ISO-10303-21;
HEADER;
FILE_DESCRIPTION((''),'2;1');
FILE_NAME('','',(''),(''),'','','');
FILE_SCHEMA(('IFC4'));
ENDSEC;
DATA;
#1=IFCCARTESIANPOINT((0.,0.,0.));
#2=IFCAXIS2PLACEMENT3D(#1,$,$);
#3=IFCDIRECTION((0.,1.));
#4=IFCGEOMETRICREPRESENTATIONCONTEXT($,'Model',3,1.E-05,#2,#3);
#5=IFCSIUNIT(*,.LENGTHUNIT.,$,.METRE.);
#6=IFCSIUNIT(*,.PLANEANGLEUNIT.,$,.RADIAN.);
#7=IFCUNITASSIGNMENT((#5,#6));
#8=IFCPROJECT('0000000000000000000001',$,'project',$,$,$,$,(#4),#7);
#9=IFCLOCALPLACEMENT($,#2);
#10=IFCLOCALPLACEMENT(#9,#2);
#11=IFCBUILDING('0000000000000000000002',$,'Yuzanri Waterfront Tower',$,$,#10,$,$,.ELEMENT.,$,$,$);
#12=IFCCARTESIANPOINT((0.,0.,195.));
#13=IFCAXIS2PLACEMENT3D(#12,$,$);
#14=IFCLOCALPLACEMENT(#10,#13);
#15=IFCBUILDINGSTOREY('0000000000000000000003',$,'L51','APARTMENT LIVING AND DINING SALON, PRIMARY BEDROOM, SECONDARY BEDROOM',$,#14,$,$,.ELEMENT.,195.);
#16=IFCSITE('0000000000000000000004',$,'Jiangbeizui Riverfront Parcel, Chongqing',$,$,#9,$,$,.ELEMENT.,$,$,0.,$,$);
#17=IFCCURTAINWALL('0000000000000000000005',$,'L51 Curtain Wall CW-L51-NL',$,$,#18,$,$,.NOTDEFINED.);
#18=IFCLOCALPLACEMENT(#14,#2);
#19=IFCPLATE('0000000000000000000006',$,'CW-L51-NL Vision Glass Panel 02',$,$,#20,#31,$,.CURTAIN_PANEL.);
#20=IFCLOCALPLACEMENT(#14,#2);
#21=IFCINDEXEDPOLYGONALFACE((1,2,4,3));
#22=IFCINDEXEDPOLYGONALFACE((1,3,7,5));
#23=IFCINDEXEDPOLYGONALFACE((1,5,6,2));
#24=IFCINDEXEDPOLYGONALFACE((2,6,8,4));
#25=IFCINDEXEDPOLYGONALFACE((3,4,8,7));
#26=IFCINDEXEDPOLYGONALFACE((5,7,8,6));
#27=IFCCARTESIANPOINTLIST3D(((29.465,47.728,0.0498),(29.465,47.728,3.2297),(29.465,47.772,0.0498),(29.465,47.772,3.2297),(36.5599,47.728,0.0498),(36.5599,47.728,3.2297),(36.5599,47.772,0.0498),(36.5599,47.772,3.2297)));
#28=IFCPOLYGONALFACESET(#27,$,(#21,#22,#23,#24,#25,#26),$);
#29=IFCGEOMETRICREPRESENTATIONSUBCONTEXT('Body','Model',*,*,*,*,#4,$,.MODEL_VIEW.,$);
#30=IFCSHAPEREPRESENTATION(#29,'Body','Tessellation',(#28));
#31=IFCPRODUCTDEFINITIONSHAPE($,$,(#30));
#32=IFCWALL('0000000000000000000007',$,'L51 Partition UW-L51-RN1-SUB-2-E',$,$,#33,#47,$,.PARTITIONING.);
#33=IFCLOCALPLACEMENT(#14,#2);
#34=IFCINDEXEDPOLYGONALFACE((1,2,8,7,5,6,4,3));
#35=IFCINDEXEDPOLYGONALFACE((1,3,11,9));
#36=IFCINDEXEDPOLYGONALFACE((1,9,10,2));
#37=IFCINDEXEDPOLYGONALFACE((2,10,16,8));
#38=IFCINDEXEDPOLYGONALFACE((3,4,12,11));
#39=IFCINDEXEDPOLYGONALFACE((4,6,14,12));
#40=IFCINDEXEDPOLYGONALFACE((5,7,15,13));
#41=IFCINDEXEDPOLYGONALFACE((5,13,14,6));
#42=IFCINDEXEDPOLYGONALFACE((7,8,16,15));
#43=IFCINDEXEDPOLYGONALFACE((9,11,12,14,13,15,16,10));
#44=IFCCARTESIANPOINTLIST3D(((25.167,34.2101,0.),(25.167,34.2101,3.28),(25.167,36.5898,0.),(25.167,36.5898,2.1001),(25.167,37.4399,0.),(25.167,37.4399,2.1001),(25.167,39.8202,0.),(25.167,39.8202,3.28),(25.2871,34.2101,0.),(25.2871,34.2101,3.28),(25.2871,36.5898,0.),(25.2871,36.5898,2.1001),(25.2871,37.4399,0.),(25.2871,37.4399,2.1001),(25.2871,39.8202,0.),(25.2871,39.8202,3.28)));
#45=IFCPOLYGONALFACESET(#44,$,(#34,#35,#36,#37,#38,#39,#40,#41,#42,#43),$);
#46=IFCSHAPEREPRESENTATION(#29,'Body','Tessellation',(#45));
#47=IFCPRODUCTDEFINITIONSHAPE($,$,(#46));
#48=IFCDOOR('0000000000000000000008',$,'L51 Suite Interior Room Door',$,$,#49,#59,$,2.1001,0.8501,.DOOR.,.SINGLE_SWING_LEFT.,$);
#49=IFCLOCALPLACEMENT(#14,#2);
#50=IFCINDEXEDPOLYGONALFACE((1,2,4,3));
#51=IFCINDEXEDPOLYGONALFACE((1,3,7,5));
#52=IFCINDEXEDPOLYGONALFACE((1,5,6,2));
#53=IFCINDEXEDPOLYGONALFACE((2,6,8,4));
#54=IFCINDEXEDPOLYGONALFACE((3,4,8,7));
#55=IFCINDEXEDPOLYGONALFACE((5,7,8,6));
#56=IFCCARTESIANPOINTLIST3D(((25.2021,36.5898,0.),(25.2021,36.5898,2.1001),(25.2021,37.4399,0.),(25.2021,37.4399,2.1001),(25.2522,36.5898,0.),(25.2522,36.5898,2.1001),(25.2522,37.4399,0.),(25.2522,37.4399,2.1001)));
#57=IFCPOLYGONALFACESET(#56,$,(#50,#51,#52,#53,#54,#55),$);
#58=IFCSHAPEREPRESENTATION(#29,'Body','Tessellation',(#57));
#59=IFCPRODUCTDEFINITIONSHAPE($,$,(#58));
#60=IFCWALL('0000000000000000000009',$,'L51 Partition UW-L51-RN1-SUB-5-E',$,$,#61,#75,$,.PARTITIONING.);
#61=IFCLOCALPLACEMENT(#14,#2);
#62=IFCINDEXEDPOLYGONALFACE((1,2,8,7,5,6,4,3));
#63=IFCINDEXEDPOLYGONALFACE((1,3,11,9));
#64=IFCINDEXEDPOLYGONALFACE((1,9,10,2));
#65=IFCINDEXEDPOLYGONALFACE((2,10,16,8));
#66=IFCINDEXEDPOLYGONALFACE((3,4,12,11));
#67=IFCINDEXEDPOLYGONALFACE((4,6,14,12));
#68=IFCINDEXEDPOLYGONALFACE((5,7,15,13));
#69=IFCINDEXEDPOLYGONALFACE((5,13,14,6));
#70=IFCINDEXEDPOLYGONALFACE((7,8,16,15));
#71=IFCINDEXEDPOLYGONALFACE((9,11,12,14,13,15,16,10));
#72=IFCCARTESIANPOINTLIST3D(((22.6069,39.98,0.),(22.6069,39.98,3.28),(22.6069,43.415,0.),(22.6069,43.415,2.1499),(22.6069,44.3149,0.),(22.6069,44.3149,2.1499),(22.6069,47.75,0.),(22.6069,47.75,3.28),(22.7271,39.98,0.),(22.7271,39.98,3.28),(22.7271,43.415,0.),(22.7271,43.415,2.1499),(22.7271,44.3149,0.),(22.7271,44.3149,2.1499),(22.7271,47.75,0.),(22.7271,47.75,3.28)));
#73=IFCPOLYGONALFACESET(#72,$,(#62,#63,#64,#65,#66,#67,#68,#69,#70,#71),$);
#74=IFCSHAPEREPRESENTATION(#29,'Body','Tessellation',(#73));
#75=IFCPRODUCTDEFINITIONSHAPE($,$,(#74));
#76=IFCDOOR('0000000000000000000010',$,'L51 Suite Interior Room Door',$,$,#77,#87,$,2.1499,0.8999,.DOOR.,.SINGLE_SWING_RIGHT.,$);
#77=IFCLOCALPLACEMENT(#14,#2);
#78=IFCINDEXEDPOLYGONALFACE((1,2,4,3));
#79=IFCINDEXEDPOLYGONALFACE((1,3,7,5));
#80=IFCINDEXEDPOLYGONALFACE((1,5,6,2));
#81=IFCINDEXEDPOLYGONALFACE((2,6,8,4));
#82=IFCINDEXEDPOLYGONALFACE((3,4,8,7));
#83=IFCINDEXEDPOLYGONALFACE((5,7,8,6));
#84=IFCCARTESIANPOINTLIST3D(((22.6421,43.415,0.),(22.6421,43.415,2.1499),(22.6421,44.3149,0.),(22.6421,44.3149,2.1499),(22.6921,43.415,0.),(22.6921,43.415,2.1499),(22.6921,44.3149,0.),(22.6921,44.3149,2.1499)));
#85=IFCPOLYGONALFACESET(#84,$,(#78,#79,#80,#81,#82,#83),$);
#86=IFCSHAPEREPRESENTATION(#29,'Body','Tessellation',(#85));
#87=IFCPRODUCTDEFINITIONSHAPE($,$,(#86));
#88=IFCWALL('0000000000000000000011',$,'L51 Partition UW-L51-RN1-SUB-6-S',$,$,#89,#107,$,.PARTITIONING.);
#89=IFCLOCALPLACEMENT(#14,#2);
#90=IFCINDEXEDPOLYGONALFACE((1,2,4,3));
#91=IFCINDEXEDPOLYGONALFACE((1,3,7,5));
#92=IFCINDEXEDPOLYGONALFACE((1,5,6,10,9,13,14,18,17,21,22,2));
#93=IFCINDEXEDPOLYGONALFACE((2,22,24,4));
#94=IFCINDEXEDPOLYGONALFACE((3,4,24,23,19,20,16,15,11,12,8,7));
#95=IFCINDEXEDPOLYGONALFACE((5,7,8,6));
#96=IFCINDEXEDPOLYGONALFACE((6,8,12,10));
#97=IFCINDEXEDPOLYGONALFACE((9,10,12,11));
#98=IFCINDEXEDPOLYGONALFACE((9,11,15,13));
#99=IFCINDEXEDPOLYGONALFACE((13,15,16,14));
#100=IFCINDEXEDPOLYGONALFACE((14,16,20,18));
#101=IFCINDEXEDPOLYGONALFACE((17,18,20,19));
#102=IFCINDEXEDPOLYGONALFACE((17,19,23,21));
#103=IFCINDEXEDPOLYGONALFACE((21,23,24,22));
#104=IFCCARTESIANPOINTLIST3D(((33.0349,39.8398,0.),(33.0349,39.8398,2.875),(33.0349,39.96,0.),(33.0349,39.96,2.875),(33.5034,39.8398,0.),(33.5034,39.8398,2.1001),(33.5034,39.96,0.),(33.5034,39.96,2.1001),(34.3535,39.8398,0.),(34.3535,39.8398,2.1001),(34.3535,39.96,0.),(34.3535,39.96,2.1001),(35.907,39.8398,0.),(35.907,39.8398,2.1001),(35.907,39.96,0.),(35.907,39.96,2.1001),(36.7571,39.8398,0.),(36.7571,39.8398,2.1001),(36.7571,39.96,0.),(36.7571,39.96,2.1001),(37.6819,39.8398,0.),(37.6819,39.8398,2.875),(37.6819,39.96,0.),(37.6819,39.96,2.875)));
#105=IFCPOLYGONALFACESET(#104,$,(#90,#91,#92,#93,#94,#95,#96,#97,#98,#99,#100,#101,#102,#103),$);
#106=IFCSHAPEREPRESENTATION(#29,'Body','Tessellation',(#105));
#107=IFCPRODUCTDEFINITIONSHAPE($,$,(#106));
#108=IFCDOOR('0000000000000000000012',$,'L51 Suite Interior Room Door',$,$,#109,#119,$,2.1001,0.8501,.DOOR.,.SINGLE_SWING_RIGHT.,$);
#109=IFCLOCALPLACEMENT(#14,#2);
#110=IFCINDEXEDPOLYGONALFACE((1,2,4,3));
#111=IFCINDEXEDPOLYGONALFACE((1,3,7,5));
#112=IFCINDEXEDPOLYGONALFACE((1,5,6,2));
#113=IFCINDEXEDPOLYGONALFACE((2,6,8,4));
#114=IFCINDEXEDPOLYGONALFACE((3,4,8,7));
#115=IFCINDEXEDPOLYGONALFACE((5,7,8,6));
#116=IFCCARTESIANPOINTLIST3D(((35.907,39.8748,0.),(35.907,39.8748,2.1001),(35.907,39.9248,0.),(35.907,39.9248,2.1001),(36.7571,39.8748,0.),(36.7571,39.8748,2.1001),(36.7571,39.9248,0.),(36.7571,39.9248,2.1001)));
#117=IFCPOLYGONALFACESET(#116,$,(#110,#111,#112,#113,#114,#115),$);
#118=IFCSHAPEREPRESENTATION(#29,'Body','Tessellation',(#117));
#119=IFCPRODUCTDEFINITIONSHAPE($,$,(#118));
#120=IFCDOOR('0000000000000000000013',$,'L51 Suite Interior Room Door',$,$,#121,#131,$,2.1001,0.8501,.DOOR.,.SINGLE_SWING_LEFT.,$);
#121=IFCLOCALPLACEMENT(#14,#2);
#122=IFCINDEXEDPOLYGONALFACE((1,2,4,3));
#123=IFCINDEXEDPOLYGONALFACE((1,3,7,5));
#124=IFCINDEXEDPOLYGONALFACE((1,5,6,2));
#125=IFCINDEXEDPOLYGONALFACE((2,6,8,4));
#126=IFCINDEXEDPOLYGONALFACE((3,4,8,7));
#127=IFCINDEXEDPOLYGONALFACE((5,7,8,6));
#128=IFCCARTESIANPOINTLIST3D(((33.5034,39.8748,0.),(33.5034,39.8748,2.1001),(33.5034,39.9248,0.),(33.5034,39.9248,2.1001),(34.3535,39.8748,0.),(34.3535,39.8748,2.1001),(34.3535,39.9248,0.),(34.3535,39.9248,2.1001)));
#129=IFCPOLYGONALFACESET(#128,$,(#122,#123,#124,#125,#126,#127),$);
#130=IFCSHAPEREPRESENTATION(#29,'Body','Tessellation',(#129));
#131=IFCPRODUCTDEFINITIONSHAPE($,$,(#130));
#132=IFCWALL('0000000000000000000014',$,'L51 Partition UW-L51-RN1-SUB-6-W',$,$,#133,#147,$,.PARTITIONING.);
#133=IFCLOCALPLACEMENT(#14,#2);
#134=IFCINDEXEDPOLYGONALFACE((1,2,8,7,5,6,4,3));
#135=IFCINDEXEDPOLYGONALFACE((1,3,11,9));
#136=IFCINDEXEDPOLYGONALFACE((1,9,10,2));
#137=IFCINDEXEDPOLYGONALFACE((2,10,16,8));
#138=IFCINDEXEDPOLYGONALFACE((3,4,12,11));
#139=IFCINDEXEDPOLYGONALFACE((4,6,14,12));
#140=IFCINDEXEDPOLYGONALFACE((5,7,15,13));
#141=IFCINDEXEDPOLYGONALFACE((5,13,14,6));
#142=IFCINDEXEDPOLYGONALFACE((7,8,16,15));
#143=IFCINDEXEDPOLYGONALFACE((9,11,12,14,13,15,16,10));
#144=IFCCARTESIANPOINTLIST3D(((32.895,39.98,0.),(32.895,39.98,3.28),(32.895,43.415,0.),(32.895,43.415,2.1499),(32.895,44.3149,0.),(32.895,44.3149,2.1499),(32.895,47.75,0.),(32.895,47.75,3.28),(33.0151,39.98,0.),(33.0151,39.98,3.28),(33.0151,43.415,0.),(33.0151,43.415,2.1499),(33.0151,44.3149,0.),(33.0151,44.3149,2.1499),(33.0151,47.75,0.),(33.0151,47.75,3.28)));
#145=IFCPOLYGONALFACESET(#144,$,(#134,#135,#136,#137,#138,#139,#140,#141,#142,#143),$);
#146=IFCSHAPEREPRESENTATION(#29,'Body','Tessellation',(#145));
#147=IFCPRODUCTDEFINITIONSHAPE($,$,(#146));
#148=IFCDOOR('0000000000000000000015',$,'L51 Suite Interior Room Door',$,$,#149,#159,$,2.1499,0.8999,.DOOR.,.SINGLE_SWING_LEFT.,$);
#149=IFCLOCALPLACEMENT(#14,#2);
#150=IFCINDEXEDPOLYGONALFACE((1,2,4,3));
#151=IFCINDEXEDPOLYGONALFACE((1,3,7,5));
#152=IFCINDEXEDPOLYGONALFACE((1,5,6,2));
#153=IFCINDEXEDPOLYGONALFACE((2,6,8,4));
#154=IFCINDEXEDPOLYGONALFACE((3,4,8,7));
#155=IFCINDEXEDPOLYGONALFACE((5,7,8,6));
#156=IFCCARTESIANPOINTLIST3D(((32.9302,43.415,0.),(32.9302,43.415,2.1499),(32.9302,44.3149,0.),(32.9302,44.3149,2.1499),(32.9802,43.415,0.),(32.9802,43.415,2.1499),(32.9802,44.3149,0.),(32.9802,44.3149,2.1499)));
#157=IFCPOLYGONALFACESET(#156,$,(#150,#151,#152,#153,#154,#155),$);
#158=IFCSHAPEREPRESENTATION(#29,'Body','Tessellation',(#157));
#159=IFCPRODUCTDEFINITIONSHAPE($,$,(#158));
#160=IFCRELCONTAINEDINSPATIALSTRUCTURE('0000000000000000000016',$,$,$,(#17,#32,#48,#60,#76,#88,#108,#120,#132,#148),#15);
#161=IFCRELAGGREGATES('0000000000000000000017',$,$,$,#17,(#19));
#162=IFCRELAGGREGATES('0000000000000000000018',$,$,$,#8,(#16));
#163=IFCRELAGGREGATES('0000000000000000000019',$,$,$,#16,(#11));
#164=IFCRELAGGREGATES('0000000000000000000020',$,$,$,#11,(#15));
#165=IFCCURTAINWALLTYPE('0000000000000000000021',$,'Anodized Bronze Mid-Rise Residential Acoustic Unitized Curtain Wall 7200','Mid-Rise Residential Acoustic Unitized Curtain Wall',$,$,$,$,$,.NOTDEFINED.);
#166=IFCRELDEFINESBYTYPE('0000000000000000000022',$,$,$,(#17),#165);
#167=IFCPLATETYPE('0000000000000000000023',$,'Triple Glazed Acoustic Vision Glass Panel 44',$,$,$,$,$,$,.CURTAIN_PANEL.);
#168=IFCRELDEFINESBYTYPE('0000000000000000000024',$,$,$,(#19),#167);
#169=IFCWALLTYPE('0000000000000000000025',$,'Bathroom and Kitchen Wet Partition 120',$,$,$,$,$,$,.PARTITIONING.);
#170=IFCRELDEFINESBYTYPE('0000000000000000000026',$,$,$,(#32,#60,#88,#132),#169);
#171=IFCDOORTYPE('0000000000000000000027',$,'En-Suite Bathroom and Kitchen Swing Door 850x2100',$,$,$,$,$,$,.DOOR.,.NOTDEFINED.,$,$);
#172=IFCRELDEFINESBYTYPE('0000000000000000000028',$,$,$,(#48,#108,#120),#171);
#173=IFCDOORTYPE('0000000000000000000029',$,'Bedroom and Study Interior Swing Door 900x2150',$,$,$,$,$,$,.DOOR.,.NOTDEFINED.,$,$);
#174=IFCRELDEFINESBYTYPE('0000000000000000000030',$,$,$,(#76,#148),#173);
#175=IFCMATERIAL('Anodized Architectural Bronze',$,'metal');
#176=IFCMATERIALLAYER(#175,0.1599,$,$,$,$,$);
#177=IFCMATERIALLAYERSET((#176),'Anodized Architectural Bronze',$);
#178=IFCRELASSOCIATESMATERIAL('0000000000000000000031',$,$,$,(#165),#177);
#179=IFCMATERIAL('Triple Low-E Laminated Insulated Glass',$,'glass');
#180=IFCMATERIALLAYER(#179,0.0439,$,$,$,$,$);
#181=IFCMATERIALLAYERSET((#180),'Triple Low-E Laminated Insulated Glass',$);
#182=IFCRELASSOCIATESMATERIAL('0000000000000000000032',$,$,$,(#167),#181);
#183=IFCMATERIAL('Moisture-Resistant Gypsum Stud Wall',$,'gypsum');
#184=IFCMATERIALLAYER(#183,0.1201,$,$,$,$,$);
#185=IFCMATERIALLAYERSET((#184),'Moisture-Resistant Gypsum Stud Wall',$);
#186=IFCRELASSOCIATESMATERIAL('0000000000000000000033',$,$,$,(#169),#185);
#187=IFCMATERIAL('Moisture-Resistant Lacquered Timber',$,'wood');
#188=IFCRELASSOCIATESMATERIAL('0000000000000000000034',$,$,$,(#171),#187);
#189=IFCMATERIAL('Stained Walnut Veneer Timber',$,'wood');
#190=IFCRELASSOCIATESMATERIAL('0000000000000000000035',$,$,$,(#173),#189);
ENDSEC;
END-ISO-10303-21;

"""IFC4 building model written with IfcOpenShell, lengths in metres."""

from ifc_helpers import new_model, si_unit, direction, frame, frame_2d, origin, origin_2d, place, context, subcontext, project, spatial, rectangle, extrude, source, transform, mapped, material, layer, layer_set, type_object, element, fill, aggregate, save


model = new_model("IFC4")

# Units and contexts
model_context = context("Model", 3, precision=1e-05, world=origin(), true_north=direction((0.0, 1.0)))
body_context = subcontext(model_context, "Body", "Model", "MODEL_VIEW")
ifc_project = project(units=[si_unit("LENGTHUNIT", "METRE"), si_unit("PLANEANGLEUNIT", "RADIAN")], contexts=[model_context])

# Site, building, storey
site_placement = place(None, origin())
site = spatial("IfcSite", under=ifc_project, at=site_placement, Name="Jiangbeizui Riverfront Parcel, Chongqing", CompositionType="ELEMENT", RefElevation=0.0)
building_placement = place(site_placement, origin())
building = spatial("IfcBuilding", under=site, at=building_placement, Name="Yuzanri Waterfront Tower", CompositionType="ELEMENT")
storey_placement = place(building_placement, frame((0.0, 0.0, 195.0)))
storey = spatial("IfcBuildingStorey", under=building, at=storey_placement, Name="L51", Description="APARTMENT LIVING AND DINING SALON, PRIMARY BEDROOM, SECONDARY BEDROOM", CompositionType="ELEMENT", Elevation=195.0)

# Curtain wall, plate
ifc_material_1 = material(Name="Anodized Architectural Bronze", Category="metal")
ifc_layer_1 = layer(ifc_material_1, 0.1599)
ifc_layer_set_1 = layer_set([ifc_layer_1], Name="Anodized Architectural Bronze")
curtain_wall_type = type_object("IfcCurtainWallType", Name="Anodized Bronze Mid-Rise Residential Acoustic Unitized Curtain Wall 7200", Description="Mid-Rise Residential Acoustic Unitized Curtain Wall", PredefinedType="NOTDEFINED", material=ifc_layer_set_1)
curtain_wall_placement = place(storey_placement, origin())
curtain_wall = element("IfcCurtainWall", 1, at=curtain_wall_placement, inside=storey, type_object=curtain_wall_type, Name="L51 Curtain Wall CW-L51-NL", PredefinedType="NOTDEFINED")
ifc_material_2 = material(Name="Triple Low-E Laminated Insulated Glass", Category="glass")
ifc_layer_2 = layer(ifc_material_2, 0.0439)
ifc_layer_set_2 = layer_set([ifc_layer_2], Name="Triple Low-E Laminated Insulated Glass")
plate_type = type_object("IfcPlateType", Name="Triple Glazed Acoustic Vision Glass Panel 44", PredefinedType="CURTAIN_PANEL", material=ifc_layer_set_2)
shared_shape_1 = source(origin(), body_context, "Body", "SweptSolid", [
    extrude(rectangle(XDim=7.095, YDim=0.0439, at=origin_2d()), origin(), (0.0, 0.0, 1.0), 3.1799),
])
plate_1_placement = place(storey_placement, frame((33.0125, 47.75, 0.0498), z_axis=(0.0, 0.0, 1.0), x_axis=(1.0, 0.0, 0.0)))
plate_1 = element("IfcPlate", 2, at=plate_1_placement, type_object=plate_type, Name="CW-L51-NL Vision Glass Panel 02", PredefinedType="CURTAIN_PANEL", context=body_context, shape_type="MappedRepresentation", body=[
    mapped(shared_shape_1, transform((0.0, 0.0, 0.0), scale=1.0)),
])
aggregate(curtain_wall, [plate_1])

# Walls, openings, doors
ifc_material_3 = material(Name="Moisture-Resistant Gypsum Stud Wall", Category="gypsum")
ifc_layer_3 = layer(ifc_material_3, 0.1201)
ifc_layer_set_3 = layer_set([ifc_layer_3], Name="Moisture-Resistant Gypsum Stud Wall")
wall_type = type_object("IfcWallType", Name="Bathroom and Kitchen Wet Partition 120", PredefinedType="PARTITIONING", material=ifc_layer_set_3)
wall_1_placement = place(storey_placement, frame((25.2271, 34.21, 0.0), z_axis=(0.0, 0.0, 1.0), x_axis=(0.0, 1.0, 0.0)))
wall_1 = element("IfcWall", 3, at=wall_1_placement, inside=storey, type_object=wall_type, Name="L51 Partition UW-L51-RN1-SUB-2-E", PredefinedType="PARTITIONING", context=body_context, shape_type="SweptSolid", body=[
    extrude(rectangle(XDim=5.6101, YDim=0.1201, at=frame_2d((2.8052, 0.0))), origin(), (0.0, 0.0, 1.0), 3.28),
])
opening_1_placement = place(wall_1_placement, frame((2.3799, 0.0, 0.0)))
opening_1 = element("IfcOpeningElement", 4, at=opening_1_placement, cuts=wall_1, PredefinedType="OPENING", context=body_context, shape_type="SweptSolid", body=[
    extrude(rectangle(XDim=0.8501, YDim=2.1001, at=frame_2d((0.425, 1.05))), frame((0.0, 0.075, 0.0), z_axis=(0.0, -1.0, 0.0), x_axis=(1.0, 0.0, 0.0)), (0.0, 0.0, 1.0), 0.1499),
])
ifc_material_4 = material(Name="Moisture-Resistant Lacquered Timber", Category="wood")
door_type_1 = type_object("IfcDoorType", Name="En-Suite Bathroom and Kitchen Swing Door 850x2100", OperationType="NOTDEFINED", PredefinedType="DOOR", material=ifc_material_4)
shared_shape_2 = source(origin(), body_context, "Body", "SweptSolid", [
    extrude(rectangle(XDim=0.8501, YDim=2.1001, at=frame_2d((0.425, 1.05))), frame((0.0, 0.0249, 0.0), z_axis=(0.0, -1.0, 0.0), x_axis=(1.0, 0.0, 0.0)), (0.0, 0.0, 1.0), 0.05),
])
door_1_placement = place(opening_1_placement, origin())
door_1 = element("IfcDoor", 5, at=door_1_placement, inside=storey, type_object=door_type_1, Name="L51 Suite Interior Room Door", OperationType="SINGLE_SWING_LEFT", OverallHeight=2.1001, OverallWidth=0.8501, PredefinedType="DOOR", context=body_context, shape_type="MappedRepresentation", body=[
    mapped(shared_shape_2, transform((0.0, 0.0, 0.0), scale=1.0)),
])
fill(opening_1, door_1)
wall_2_placement = place(storey_placement, frame((22.667, 39.98, 0.0), z_axis=(0.0, 0.0, 1.0), x_axis=(0.0, 1.0, 0.0)))
wall_2 = element("IfcWall", 6, at=wall_2_placement, inside=storey, type_object=wall_type, Name="L51 Partition UW-L51-RN1-SUB-5-E", PredefinedType="PARTITIONING", context=body_context, shape_type="SweptSolid", body=[
    extrude(rectangle(XDim=7.77, YDim=0.1201, at=frame_2d((3.885, 0.0))), origin(), (0.0, 0.0, 1.0), 3.28),
])
opening_2_placement = place(wall_2_placement, frame((3.4351, 0.0, 0.0)))
opening_2 = element("IfcOpeningElement", 7, at=opening_2_placement, cuts=wall_2, PredefinedType="OPENING", context=body_context, shape_type="SweptSolid", body=[
    extrude(rectangle(XDim=0.8999, YDim=2.1499, at=frame_2d((0.45, 1.075))), frame((0.0, 0.075, 0.0), z_axis=(0.0, -1.0, 0.0), x_axis=(1.0, 0.0, 0.0)), (0.0, 0.0, 1.0), 0.1499),
])
ifc_material_5 = material(Name="Stained Walnut Veneer Timber", Category="wood")
door_type_2 = type_object("IfcDoorType", Name="Bedroom and Study Interior Swing Door 900x2150", OperationType="NOTDEFINED", PredefinedType="DOOR", material=ifc_material_5)
shared_shape_3 = source(origin(), body_context, "Body", "SweptSolid", [
    extrude(rectangle(XDim=0.8999, YDim=2.1499, at=frame_2d((0.45, 1.075))), frame((0.0, 0.0249, 0.0), z_axis=(0.0, -1.0, 0.0), x_axis=(1.0, 0.0, 0.0)), (0.0, 0.0, 1.0), 0.05),
])
door_2_placement = place(opening_2_placement, origin())
door_2 = element("IfcDoor", 8, at=door_2_placement, inside=storey, type_object=door_type_2, Name="L51 Suite Interior Room Door", OperationType="SINGLE_SWING_RIGHT", OverallHeight=2.1499, OverallWidth=0.8999, PredefinedType="DOOR", context=body_context, shape_type="MappedRepresentation", body=[
    mapped(shared_shape_3, transform((0.0, 0.0, 0.0), scale=1.0)),
])
fill(opening_2, door_2)

# Wall, openings, doors
wall_3_placement = place(storey_placement, frame((33.0349, 39.8999, 0.0), z_axis=(0.0, 0.0, 1.0), x_axis=(1.0, 0.0, 0.0)))
wall_3 = element("IfcWall", 9, at=wall_3_placement, inside=storey, type_object=wall_type, Name="L51 Partition UW-L51-RN1-SUB-6-S", PredefinedType="PARTITIONING", context=body_context, shape_type="SweptSolid", body=[
    extrude(rectangle(XDim=4.647, YDim=0.1201, at=frame_2d((2.3235, 0.0))), origin(), (0.0, 0.0, 1.0), 2.875),
])
opening_3_placement = place(wall_3_placement, frame((2.8721, 0.0, 0.0)))
opening_3 = element("IfcOpeningElement", 10, at=opening_3_placement, cuts=wall_3, PredefinedType="OPENING", context=body_context, shape_type="SweptSolid", body=[
    extrude(rectangle(XDim=0.8501, YDim=2.1001, at=frame_2d((0.425, 1.05))), frame((0.0, 0.075, 0.0), z_axis=(0.0, -1.0, 0.0), x_axis=(1.0, 0.0, 0.0)), (0.0, 0.0, 1.0), 0.1499),
])
opening_4_placement = place(wall_3_placement, frame((0.4685, 0.0, 0.0)))
opening_4 = element("IfcOpeningElement", 11, at=opening_4_placement, cuts=wall_3, PredefinedType="OPENING", context=body_context, shape_type="SweptSolid", body=[
    extrude(rectangle(XDim=0.8501, YDim=2.1001, at=frame_2d((0.425, 1.05))), frame((0.0, 0.075, 0.0), z_axis=(0.0, -1.0, 0.0), x_axis=(1.0, 0.0, 0.0)), (0.0, 0.0, 1.0), 0.1499),
])
door_3_placement = place(opening_3_placement, origin())
door_3 = element("IfcDoor", 12, at=door_3_placement, inside=storey, type_object=door_type_1, Name="L51 Suite Interior Room Door", OperationType="SINGLE_SWING_RIGHT", OverallHeight=2.1001, OverallWidth=0.8501, PredefinedType="DOOR", context=body_context, shape_type="MappedRepresentation", body=[
    mapped(shared_shape_2, transform((0.0, 0.0, 0.0), scale=1.0)),
])
fill(opening_3, door_3)
door_4_placement = place(opening_4_placement, origin())
door_4 = element("IfcDoor", 13, at=door_4_placement, inside=storey, type_object=door_type_1, Name="L51 Suite Interior Room Door", OperationType="SINGLE_SWING_LEFT", OverallHeight=2.1001, OverallWidth=0.8501, PredefinedType="DOOR", context=body_context, shape_type="MappedRepresentation", body=[
    mapped(shared_shape_2, transform((0.0, 0.0, 0.0), scale=1.0)),
])
fill(opening_4, door_4)

# Wall, opening, door
wall_4_placement = place(storey_placement, frame((32.9551, 39.98, 0.0), z_axis=(0.0, 0.0, 1.0), x_axis=(0.0, 1.0, 0.0)))
wall_4 = element("IfcWall", 14, at=wall_4_placement, inside=storey, type_object=wall_type, Name="L51 Partition UW-L51-RN1-SUB-6-W", PredefinedType="PARTITIONING", context=body_context, shape_type="SweptSolid", body=[
    extrude(rectangle(XDim=7.77, YDim=0.1201, at=frame_2d((3.885, 0.0))), origin(), (0.0, 0.0, 1.0), 3.28),
])
opening_5_placement = place(wall_4_placement, frame((3.4351, 0.0, 0.0)))
opening_5 = element("IfcOpeningElement", 15, at=opening_5_placement, cuts=wall_4, PredefinedType="OPENING", context=body_context, shape_type="SweptSolid", body=[
    extrude(rectangle(XDim=0.8999, YDim=2.1499, at=frame_2d((0.45, 1.075))), frame((0.0, 0.075, 0.0), z_axis=(0.0, -1.0, 0.0), x_axis=(1.0, 0.0, 0.0)), (0.0, 0.0, 1.0), 0.1499),
])
door_5_placement = place(opening_5_placement, origin())
door_5 = element("IfcDoor", 16, at=door_5_placement, inside=storey, type_object=door_type_2, Name="L51 Suite Interior Room Door", OperationType="SINGLE_SWING_LEFT", OverallHeight=2.1499, OverallWidth=0.8999, PredefinedType="DOOR", context=body_context, shape_type="MappedRepresentation", body=[
    mapped(shared_shape_3, transform((0.0, 0.0, 0.0), scale=1.0)),
])
fill(opening_5, door_5)

save(model, "model.ifc")
